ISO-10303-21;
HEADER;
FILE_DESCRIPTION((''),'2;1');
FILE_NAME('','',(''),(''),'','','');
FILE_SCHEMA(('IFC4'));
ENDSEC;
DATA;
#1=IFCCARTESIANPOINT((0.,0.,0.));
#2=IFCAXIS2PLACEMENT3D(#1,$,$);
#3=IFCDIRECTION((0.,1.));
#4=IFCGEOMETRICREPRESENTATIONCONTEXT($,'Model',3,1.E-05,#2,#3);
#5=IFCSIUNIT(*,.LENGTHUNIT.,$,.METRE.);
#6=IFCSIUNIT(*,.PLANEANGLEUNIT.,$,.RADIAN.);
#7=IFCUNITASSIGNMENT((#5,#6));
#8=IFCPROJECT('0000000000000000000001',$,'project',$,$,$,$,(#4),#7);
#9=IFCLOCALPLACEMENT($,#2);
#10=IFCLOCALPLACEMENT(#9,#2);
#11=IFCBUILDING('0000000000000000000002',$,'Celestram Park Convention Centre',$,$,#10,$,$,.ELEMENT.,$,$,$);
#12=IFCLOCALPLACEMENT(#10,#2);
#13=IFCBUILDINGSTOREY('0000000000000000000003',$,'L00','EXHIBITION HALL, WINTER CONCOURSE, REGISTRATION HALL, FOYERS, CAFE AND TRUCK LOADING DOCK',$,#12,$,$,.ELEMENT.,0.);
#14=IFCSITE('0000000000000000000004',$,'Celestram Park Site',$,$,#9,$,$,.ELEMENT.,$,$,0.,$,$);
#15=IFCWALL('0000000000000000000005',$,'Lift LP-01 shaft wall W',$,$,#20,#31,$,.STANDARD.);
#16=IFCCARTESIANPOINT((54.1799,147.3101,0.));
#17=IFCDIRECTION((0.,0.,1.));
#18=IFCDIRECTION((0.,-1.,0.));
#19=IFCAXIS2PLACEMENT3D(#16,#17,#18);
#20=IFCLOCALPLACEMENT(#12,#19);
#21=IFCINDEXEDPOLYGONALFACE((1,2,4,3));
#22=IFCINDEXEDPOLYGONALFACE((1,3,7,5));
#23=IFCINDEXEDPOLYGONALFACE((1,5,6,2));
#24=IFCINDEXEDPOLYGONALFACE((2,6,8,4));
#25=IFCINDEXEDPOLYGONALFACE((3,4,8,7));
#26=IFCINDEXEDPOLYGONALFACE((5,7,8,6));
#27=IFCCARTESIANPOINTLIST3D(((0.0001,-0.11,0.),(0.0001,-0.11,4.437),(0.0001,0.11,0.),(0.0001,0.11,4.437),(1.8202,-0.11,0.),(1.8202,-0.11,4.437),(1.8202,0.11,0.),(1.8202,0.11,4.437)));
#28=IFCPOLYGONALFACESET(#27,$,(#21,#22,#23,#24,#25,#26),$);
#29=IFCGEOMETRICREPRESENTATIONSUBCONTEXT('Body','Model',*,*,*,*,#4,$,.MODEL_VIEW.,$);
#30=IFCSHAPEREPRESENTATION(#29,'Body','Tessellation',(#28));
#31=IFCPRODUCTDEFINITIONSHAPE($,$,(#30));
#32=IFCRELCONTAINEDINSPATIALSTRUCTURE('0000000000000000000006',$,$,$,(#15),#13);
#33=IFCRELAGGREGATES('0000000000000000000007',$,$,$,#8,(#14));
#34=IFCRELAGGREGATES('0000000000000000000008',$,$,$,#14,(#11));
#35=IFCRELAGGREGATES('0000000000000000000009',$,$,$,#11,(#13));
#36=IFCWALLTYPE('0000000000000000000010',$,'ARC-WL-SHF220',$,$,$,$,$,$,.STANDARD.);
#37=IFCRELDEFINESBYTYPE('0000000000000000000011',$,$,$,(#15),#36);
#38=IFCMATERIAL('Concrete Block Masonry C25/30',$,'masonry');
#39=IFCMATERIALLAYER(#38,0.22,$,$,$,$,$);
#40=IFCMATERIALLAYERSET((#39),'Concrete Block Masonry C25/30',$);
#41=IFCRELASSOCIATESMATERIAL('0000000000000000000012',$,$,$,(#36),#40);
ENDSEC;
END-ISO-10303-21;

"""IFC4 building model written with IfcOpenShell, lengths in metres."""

from ifc_helpers import new_model, si_unit, direction, frame, frame_2d, origin, place, context, subcontext, project, spatial, rectangle, extrude, material, layer, layer_set, type_object, element, save


model = new_model("IFC4")

# Units and contexts
model_context = context("Model", 3, precision=1e-05, world=origin(), true_north=direction((0.0, 1.0)))
body_context = subcontext(model_context, "Body", "Model", "MODEL_VIEW")
ifc_project = project(units=[si_unit("LENGTHUNIT", "METRE"), si_unit("PLANEANGLEUNIT", "RADIAN")], contexts=[model_context])

# Site, building, storey
site_placement = place(None, origin())
site = spatial("IfcSite", under=ifc_project, at=site_placement, Name="Celestram Park Site", CompositionType="ELEMENT", RefElevation=0.0)
building_placement = place(site_placement, origin())
building = spatial("IfcBuilding", under=site, at=building_placement, Name="Celestram Park Convention Centre", CompositionType="ELEMENT")
storey_placement = place(building_placement, origin())
storey = spatial("IfcBuildingStorey", under=building, at=storey_placement, Name="L00", Description="EXHIBITION HALL, WINTER CONCOURSE, REGISTRATION HALL, FOYERS, CAFE AND TRUCK LOADING DOCK", CompositionType="ELEMENT", Elevation=0.0)

# Shared definitions
ifc_material_1 = material(Name="Concrete Block Masonry C25/30", Category="masonry")

# Shared definitions
ifc_layer_1 = layer(ifc_material_1, 0.22)
ifc_layer_set_1 = layer_set([ifc_layer_1], Name="Concrete Block Masonry C25/30")
wall_type_1 = type_object("IfcWallType", Name="ARC-WL-SHF220", PredefinedType="STANDARD", material=ifc_layer_set_1)

# Wall
wall_1_placement = place(storey_placement, frame((54.1799, 147.3101, 0.0), z_axis=(0.0, 0.0, 1.0), x_axis=(0.0, -1.0, 0.0)))
element("IfcWall", 1, at=wall_1_placement, inside=storey, type_object=wall_type_1, Name="Lift LP-01 shaft wall W", PredefinedType="STANDARD", context=body_context, shape_type="SweptSolid", body=[
    extrude(rectangle(XDim=1.8201, YDim=0.22, at=frame_2d((0.9102, 0.0))), origin(), (0.0, 0.0, 1.0), 4.437),
])

save(model, "model.ifc")
